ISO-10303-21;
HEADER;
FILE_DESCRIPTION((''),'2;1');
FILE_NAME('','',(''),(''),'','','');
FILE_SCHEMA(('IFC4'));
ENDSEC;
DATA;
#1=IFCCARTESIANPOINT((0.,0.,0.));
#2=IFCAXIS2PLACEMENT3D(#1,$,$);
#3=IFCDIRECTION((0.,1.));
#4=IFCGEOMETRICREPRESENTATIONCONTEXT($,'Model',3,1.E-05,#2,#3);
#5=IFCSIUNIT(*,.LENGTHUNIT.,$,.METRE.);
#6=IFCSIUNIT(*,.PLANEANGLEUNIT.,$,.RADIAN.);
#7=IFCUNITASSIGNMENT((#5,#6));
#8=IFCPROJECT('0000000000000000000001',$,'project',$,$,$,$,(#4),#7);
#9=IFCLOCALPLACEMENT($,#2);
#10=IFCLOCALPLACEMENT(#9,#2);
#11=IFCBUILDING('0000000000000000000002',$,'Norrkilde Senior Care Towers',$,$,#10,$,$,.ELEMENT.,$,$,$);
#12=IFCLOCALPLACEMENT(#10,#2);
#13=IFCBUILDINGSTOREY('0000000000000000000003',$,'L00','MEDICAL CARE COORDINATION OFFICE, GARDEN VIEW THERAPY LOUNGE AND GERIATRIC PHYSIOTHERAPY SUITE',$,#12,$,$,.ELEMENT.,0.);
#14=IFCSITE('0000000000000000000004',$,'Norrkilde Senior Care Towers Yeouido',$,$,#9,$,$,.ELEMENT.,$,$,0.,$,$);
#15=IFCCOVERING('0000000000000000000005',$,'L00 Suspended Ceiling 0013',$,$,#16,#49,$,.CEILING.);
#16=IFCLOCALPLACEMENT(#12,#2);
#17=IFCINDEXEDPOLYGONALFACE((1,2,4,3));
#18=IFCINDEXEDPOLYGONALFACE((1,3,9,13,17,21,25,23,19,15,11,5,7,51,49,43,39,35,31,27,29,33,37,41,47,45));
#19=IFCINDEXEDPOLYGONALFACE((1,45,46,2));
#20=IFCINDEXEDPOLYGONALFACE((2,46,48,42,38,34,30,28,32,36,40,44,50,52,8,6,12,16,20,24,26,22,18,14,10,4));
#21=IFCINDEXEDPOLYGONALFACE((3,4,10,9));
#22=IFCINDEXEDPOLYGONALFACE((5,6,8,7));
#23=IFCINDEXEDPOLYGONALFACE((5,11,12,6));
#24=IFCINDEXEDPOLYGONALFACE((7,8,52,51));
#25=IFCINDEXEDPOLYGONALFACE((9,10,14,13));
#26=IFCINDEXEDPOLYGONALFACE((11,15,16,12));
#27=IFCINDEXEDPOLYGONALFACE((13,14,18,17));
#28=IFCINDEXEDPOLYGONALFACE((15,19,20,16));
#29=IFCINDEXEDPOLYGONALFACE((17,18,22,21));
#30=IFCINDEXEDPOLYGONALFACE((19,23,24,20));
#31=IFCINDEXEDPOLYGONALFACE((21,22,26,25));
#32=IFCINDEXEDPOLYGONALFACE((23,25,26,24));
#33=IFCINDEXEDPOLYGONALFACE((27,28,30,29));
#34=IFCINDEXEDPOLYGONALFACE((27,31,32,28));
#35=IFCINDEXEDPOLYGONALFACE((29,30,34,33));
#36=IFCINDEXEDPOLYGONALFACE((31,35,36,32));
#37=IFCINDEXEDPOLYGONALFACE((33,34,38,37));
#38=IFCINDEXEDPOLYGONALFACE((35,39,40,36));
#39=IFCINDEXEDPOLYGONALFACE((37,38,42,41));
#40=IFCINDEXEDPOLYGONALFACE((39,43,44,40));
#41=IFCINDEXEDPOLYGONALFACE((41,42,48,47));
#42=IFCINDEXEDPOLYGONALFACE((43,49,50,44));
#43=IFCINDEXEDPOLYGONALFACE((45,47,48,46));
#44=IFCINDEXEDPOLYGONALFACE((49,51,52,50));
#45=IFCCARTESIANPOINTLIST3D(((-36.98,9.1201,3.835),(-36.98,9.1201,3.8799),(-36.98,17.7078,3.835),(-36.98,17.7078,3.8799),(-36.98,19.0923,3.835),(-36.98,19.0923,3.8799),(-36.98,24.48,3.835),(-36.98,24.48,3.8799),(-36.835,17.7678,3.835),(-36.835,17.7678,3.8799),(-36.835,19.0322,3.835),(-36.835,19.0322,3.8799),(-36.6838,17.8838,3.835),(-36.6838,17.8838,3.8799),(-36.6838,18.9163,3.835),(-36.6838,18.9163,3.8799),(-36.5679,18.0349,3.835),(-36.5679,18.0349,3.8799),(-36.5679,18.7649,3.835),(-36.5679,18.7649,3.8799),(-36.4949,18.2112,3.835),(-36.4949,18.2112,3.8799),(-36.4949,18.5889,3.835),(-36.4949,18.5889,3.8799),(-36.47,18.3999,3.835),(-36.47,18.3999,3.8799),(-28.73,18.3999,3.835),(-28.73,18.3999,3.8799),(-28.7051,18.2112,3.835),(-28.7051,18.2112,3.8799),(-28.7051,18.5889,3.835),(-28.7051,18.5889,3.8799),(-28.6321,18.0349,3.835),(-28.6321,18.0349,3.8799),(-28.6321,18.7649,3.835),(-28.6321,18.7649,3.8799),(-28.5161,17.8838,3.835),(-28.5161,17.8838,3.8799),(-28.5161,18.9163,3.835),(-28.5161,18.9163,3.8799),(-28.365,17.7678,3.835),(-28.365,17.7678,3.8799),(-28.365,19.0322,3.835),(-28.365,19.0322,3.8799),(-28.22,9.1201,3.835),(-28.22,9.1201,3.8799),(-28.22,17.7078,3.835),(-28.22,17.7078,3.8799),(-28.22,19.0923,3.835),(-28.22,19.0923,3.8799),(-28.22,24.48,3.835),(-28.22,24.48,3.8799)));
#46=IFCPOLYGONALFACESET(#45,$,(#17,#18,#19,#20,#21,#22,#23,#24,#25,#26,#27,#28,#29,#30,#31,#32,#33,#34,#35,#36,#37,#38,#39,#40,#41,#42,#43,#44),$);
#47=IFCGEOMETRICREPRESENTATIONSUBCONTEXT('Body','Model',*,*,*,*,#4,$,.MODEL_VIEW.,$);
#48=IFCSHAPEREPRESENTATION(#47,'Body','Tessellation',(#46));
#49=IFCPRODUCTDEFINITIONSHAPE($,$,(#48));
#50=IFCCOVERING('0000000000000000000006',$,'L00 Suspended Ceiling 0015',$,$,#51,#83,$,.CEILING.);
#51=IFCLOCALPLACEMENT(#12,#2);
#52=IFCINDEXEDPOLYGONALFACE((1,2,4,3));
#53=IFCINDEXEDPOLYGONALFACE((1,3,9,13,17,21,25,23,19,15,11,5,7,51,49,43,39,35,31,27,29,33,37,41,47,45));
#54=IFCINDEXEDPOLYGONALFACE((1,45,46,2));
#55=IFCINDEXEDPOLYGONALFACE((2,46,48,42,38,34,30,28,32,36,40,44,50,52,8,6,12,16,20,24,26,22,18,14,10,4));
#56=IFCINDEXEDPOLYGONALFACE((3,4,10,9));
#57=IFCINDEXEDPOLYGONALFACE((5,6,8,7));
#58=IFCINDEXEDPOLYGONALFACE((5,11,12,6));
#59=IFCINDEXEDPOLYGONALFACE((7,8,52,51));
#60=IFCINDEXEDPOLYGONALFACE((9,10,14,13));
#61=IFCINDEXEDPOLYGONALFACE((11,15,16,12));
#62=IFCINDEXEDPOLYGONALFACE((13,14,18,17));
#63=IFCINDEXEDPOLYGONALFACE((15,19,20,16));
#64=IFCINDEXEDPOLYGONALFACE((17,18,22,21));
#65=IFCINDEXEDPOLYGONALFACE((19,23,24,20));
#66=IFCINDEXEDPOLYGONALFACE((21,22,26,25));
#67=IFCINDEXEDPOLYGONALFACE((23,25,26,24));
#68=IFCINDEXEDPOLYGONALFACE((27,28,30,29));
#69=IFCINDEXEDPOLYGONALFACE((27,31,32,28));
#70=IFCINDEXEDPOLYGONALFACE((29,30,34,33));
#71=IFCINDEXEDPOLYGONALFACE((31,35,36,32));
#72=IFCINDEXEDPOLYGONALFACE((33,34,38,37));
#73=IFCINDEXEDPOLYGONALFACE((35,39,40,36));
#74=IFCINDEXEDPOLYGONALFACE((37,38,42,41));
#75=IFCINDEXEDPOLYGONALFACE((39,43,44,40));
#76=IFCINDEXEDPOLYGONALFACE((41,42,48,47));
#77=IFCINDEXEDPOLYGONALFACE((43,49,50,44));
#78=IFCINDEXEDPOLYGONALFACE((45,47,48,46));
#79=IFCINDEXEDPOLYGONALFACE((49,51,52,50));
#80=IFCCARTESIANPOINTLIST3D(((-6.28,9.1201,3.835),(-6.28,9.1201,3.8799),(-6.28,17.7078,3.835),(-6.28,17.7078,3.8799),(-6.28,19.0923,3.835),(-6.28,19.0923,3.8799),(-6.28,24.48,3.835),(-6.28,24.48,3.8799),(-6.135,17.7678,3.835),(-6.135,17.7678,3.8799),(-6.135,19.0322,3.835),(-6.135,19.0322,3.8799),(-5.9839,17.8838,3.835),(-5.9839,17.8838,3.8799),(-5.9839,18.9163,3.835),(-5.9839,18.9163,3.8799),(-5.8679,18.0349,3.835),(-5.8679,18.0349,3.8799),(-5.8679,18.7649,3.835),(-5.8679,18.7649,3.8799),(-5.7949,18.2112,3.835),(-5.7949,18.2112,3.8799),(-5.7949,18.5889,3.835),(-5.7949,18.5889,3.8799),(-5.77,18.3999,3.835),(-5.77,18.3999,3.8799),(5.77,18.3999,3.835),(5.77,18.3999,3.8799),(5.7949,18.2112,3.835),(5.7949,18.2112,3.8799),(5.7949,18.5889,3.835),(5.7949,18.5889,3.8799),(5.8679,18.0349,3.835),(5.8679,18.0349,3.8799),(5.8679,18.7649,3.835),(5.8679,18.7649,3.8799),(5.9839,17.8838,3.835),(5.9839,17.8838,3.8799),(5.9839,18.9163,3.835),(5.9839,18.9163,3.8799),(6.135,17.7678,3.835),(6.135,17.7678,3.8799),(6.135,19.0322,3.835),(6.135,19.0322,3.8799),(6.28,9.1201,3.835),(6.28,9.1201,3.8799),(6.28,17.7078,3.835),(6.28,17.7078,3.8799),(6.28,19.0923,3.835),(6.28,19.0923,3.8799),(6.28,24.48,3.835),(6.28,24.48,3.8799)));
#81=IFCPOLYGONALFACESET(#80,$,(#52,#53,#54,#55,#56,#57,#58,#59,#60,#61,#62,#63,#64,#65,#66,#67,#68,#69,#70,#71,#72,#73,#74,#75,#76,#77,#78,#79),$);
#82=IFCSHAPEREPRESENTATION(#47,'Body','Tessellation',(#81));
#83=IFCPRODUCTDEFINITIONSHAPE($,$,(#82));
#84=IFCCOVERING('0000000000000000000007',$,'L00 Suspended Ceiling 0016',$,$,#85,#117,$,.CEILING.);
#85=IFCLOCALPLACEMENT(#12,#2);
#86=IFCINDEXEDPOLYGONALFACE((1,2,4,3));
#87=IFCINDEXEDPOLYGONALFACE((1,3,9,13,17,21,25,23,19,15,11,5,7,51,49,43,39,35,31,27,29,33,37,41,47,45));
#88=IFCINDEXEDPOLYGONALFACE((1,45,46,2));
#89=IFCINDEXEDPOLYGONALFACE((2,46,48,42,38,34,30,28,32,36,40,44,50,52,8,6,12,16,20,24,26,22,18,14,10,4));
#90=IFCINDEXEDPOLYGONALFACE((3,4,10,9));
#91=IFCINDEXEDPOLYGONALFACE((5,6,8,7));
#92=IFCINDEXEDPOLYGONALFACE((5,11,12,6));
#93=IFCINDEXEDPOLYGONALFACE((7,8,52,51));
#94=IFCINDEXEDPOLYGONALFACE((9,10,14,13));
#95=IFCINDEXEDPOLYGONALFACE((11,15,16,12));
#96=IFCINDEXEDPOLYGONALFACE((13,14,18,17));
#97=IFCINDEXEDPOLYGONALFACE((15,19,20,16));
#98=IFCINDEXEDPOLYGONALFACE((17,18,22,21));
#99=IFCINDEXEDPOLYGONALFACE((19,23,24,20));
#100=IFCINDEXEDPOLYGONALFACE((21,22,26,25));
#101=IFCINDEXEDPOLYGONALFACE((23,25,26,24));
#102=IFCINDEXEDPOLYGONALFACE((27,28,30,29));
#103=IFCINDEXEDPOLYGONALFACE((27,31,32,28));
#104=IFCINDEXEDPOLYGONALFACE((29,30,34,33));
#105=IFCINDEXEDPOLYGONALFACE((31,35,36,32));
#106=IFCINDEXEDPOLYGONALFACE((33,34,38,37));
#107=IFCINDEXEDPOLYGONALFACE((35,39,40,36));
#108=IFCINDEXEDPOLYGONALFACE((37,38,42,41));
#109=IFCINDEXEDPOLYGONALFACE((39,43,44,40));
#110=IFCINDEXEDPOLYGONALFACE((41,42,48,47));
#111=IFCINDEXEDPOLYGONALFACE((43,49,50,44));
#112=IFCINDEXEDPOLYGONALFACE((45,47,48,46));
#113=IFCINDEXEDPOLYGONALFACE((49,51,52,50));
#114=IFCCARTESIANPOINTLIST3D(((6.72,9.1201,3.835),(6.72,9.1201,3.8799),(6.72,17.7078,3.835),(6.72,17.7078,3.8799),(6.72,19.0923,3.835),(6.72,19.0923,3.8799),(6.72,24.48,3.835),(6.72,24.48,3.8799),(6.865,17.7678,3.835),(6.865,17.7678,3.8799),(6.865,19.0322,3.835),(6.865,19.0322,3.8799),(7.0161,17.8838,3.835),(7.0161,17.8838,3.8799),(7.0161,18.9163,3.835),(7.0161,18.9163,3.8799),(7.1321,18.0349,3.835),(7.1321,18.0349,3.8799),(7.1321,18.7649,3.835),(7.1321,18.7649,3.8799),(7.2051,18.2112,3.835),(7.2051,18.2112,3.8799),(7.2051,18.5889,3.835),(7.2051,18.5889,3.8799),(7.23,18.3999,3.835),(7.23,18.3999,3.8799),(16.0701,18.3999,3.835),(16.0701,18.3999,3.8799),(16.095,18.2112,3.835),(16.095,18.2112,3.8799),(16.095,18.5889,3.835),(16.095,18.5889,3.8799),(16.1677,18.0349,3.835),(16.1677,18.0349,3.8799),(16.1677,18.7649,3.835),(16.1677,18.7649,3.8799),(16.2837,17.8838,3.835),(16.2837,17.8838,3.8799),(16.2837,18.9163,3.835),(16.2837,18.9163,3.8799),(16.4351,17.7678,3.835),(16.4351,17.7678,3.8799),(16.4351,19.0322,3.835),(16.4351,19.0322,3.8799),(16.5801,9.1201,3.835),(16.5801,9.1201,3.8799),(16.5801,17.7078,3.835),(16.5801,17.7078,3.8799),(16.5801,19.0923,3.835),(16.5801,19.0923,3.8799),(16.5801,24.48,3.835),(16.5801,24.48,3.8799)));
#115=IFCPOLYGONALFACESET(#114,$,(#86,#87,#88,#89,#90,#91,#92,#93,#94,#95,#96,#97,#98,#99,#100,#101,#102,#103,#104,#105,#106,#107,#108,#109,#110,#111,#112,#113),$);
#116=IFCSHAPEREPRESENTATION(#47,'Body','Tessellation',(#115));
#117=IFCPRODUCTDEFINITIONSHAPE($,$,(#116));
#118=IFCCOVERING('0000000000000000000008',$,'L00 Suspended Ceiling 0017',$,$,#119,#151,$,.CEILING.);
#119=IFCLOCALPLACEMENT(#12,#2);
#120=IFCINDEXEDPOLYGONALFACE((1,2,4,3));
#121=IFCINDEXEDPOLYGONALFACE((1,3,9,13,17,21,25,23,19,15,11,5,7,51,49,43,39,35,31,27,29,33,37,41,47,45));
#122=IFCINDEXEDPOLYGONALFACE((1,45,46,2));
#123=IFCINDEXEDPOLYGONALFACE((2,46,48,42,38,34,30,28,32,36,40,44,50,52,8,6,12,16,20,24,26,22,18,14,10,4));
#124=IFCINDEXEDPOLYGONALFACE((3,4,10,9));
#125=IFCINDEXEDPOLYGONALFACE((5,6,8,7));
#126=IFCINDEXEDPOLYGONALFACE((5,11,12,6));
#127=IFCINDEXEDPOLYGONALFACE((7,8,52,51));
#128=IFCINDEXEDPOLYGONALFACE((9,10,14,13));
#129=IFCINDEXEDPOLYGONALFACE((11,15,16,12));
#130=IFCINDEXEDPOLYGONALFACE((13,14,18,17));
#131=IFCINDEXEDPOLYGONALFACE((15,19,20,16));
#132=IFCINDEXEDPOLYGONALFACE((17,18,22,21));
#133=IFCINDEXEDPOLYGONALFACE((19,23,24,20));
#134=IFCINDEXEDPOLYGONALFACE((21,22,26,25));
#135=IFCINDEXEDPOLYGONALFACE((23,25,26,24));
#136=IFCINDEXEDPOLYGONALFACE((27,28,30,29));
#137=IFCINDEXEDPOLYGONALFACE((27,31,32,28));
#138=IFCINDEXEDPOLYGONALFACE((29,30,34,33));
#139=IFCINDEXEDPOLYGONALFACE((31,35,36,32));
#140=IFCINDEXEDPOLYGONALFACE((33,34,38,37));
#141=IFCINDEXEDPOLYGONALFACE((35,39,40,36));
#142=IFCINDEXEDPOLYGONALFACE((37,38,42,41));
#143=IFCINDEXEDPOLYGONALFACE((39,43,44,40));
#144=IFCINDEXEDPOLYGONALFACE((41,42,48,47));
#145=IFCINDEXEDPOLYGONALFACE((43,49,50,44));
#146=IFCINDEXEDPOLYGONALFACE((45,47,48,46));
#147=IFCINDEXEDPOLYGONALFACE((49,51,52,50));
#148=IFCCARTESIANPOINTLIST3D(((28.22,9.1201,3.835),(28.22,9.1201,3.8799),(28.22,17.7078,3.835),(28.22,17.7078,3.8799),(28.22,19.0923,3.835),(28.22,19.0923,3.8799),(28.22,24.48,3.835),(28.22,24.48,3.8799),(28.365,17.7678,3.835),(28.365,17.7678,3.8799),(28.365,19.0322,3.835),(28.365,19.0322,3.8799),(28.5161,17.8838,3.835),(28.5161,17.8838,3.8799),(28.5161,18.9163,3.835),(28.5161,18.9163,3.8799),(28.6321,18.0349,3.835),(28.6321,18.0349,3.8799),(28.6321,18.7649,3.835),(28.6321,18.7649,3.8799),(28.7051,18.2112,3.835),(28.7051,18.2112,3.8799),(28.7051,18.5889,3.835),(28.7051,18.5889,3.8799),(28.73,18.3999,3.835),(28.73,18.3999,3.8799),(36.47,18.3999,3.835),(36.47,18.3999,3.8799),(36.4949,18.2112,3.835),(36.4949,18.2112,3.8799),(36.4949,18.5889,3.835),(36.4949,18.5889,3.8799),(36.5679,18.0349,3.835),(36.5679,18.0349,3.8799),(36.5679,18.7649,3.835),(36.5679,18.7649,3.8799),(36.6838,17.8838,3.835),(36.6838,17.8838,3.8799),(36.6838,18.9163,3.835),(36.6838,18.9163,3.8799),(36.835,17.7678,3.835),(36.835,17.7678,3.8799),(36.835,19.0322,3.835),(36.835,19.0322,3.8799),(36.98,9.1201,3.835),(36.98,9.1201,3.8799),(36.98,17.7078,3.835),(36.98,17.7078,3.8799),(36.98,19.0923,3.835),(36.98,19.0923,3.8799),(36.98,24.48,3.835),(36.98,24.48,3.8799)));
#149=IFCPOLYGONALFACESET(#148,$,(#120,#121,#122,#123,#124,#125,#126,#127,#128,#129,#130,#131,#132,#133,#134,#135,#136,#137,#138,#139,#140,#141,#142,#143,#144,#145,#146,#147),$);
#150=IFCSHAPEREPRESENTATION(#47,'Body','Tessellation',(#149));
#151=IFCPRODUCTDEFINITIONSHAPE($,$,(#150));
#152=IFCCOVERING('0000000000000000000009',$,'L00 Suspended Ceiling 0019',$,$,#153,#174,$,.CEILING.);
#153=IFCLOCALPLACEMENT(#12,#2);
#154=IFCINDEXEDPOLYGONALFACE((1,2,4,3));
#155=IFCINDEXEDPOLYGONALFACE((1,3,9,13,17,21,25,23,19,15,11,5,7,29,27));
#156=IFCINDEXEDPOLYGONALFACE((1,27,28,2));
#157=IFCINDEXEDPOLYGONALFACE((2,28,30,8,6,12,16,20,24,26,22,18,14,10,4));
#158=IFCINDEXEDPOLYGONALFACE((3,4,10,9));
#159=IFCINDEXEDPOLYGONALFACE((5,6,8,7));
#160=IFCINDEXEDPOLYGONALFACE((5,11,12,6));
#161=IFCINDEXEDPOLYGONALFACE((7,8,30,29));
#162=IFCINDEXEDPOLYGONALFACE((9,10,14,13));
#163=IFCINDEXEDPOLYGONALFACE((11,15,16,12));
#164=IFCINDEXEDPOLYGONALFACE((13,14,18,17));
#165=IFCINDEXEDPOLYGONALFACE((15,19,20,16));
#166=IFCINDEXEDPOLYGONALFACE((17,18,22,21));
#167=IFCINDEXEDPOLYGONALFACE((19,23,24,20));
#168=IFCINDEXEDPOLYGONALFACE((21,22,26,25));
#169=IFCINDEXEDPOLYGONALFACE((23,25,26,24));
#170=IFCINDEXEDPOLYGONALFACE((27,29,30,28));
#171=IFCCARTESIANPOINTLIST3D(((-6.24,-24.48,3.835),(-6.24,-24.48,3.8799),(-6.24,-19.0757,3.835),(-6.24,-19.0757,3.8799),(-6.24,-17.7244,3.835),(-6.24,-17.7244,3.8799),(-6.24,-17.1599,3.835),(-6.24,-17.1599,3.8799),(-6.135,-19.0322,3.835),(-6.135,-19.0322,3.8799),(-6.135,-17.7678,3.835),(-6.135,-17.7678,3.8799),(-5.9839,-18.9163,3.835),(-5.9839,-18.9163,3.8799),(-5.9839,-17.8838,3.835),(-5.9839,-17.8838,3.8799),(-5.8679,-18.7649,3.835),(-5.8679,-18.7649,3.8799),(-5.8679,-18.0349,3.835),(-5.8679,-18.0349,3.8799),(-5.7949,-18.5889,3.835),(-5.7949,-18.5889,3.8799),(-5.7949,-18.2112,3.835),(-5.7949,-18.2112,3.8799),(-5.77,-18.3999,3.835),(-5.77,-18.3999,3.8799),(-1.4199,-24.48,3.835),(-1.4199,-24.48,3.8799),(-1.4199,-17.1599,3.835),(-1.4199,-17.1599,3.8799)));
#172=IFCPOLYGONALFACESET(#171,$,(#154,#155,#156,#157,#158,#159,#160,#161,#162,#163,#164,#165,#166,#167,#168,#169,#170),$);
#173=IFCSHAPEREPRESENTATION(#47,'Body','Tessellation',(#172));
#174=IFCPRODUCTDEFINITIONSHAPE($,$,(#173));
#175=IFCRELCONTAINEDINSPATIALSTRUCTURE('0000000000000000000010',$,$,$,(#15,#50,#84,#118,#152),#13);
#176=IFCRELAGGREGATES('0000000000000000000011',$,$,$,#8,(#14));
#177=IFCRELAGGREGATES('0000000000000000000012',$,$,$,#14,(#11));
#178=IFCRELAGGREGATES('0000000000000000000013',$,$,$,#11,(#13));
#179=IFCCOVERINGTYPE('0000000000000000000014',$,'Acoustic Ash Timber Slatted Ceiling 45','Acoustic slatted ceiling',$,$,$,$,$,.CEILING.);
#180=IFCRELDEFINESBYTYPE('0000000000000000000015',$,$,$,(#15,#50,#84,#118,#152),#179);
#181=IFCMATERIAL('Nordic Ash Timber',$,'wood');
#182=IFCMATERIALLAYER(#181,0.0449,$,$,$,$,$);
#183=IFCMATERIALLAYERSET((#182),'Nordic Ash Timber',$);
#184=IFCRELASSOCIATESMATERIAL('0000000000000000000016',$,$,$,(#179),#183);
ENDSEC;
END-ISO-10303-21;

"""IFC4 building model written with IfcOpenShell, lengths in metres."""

from ifc_helpers import new_model, si_unit, direction, frame, origin, place, context, subcontext, project, spatial, polyline, outline, extrude, material, layer, layer_set, type_object, element, save


model = new_model("IFC4")

# Units and contexts
model_context = context("Model", 3, precision=1e-05, world=origin(), true_north=direction((0.0, 1.0)))
body_context = subcontext(model_context, "Body", "Model", "MODEL_VIEW")
ifc_project = project(units=[si_unit("LENGTHUNIT", "METRE"), si_unit("PLANEANGLEUNIT", "RADIAN")], contexts=[model_context])

# Site, building, storey
site_placement = place(None, origin())
site = spatial("IfcSite", under=ifc_project, at=site_placement, Name="Norrkilde Senior Care Towers Yeouido", CompositionType="ELEMENT", RefElevation=0.0)
building_placement = place(site_placement, origin())
building = spatial("IfcBuilding", under=site, at=building_placement, Name="Norrkilde Senior Care Towers", CompositionType="ELEMENT")
storey_placement = place(building_placement, origin())
storey = spatial("IfcBuildingStorey", under=building, at=storey_placement, Name="L00", Description="MEDICAL CARE COORDINATION OFFICE, GARDEN VIEW THERAPY LOUNGE AND GERIATRIC PHYSIOTHERAPY SUITE", CompositionType="ELEMENT", Elevation=0.0)

# Coverings
ifc_material_1 = material(Name="Nordic Ash Timber", Category="wood")
ifc_layer_1 = layer(ifc_material_1, 0.0449)
ifc_layer_set_1 = layer_set([ifc_layer_1], Name="Nordic Ash Timber")
covering_type_1 = type_object("IfcCoveringType", Name="Acoustic Ash Timber Slatted Ceiling 45", Description="Acoustic slatted ceiling", PredefinedType="CEILING", material=ifc_layer_set_1)
covering_1_placement = place(storey_placement, frame((0.0, 0.0, 3.835)))
element("IfcCovering", 1, at=covering_1_placement, inside=storey, type_object=covering_type_1, Name="L00 Suspended Ceiling 0013", PredefinedType="CEILING", context=body_context, shape_type="SweptSolid", body=[
    extrude(outline(polyline([(-36.98, 9.1201), (-36.98, 17.7078), (-36.835, 17.7678), (-36.6838, 17.8838), (-36.5679, 18.0349), (-36.4949, 18.2112), (-36.47, 18.3999), (-36.4949, 18.5889), (-36.5679, 18.7649), (-36.6838, 18.9163), (-36.835, 19.0322), (-36.98, 19.0923), (-36.98, 24.48), (-28.22, 24.48), (-28.22, 19.0923), (-28.365, 19.0322), (-28.5161, 18.9163), (-28.6321, 18.7649), (-28.7051, 18.5889), (-28.73, 18.3999), (-28.7051, 18.2112), (-28.6321, 18.0349), (-28.5161, 17.8838), (-28.365, 17.7678), (-28.22, 17.7078), (-28.22, 9.1201), (-36.98, 9.1201)])), origin(), (0.0, 0.0, 1.0), 0.0449),
])
covering_2_placement = place(storey_placement, frame((0.0, 0.0, 3.835)))
element("IfcCovering", 2, at=covering_2_placement, inside=storey, type_object=covering_type_1, Name="L00 Suspended Ceiling 0015", PredefinedType="CEILING", context=body_context, shape_type="SweptSolid", body=[
    extrude(outline(polyline([(-6.28, 9.1201), (-6.28, 17.7078), (-6.135, 17.7678), (-5.9839, 17.8838), (-5.8679, 18.0349), (-5.7949, 18.2112), (-5.77, 18.3999), (-5.7949, 18.5889), (-5.8679, 18.7649), (-5.9839, 18.9163), (-6.135, 19.0322), (-6.28, 19.0923), (-6.28, 24.48), (6.28, 24.48), (6.28, 19.0923), (6.135, 19.0322), (5.9839, 18.9163), (5.8679, 18.7649), (5.7949, 18.5889), (5.77, 18.3999), (5.7949, 18.2112), (5.8679, 18.0349), (5.9839, 17.8838), (6.135, 17.7678), (6.28, 17.7078), (6.28, 9.1201), (-6.28, 9.1201)])), origin(), (0.0, 0.0, 1.0), 0.0449),
])
covering_3_placement = place(storey_placement, frame((0.0, 0.0, 3.835)))
element("IfcCovering", 3, at=covering_3_placement, inside=storey, type_object=covering_type_1, Name="L00 Suspended Ceiling 0016", PredefinedType="CEILING", context=body_context, shape_type="SweptSolid", body=[
    extrude(outline(polyline([(6.72, 9.1201), (6.72, 17.7078), (6.865, 17.7678), (7.0161, 17.8838), (7.1321, 18.0349), (7.2051, 18.2112), (7.23, 18.3999), (7.2051, 18.5889), (7.1321, 18.7649), (7.0161, 18.9163), (6.865, 19.0322), (6.72, 19.0923), (6.72, 24.48), (16.5801, 24.48), (16.5801, 19.0923), (16.4351, 19.0322), (16.2837, 18.9163), (16.1677, 18.7649), (16.095, 18.5889), (16.0701, 18.3999), (16.095, 18.2112), (16.1677, 18.0349), (16.2837, 17.8838), (16.4351, 17.7678), (16.5801, 17.7078), (16.5801, 9.1201), (6.72, 9.1201)])), origin(), (0.0, 0.0, 1.0), 0.0449),
])
covering_4_placement = place(storey_placement, frame((0.0, 0.0, 3.835)))
element("IfcCovering", 4, at=covering_4_placement, inside=storey, type_object=covering_type_1, Name="L00 Suspended Ceiling 0017", PredefinedType="CEILING", context=body_context, shape_type="SweptSolid", body=[
    extrude(outline(polyline([(28.22, 9.1201), (28.22, 17.7078), (28.365, 17.7678), (28.5161, 17.8838), (28.6321, 18.0349), (28.7051, 18.2112), (28.73, 18.3999), (28.7051, 18.5889), (28.6321, 18.7649), (28.5161, 18.9163), (28.365, 19.0322), (28.22, 19.0923), (28.22, 24.48), (36.98, 24.48), (36.98, 19.0923), (36.835, 19.0322), (36.6838, 18.9163), (36.5679, 18.7649), (36.4949, 18.5889), (36.47, 18.3999), (36.4949, 18.2112), (36.5679, 18.0349), (36.6838, 17.8838), (36.835, 17.7678), (36.98, 17.7078), (36.98, 9.1201), (28.22, 9.1201)])), origin(), (0.0, 0.0, 1.0), 0.0449),
])
covering_5_placement = place(storey_placement, frame((0.0, 0.0, 3.835)))
element("IfcCovering", 5, at=covering_5_placement, inside=storey, type_object=covering_type_1, Name="L00 Suspended Ceiling 0019", PredefinedType="CEILING", context=body_context, shape_type="SweptSolid", body=[
    extrude(outline(polyline([(-1.4199, -24.48), (-6.24, -24.48), (-6.24, -19.0757), (-6.135, -19.0322), (-5.9839, -18.9163), (-5.8679, -18.7649), (-5.7949, -18.5889), (-5.77, -18.3999), (-5.7949, -18.2112), (-5.8679, -18.0349), (-5.9839, -17.8838), (-6.135, -17.7678), (-6.24, -17.7244), (-6.24, -17.1599), (-1.4199, -17.1599), (-1.4199, -24.48)])), origin(), (0.0, 0.0, 1.0), 0.0449),
])

save(model, "model.ifc")
